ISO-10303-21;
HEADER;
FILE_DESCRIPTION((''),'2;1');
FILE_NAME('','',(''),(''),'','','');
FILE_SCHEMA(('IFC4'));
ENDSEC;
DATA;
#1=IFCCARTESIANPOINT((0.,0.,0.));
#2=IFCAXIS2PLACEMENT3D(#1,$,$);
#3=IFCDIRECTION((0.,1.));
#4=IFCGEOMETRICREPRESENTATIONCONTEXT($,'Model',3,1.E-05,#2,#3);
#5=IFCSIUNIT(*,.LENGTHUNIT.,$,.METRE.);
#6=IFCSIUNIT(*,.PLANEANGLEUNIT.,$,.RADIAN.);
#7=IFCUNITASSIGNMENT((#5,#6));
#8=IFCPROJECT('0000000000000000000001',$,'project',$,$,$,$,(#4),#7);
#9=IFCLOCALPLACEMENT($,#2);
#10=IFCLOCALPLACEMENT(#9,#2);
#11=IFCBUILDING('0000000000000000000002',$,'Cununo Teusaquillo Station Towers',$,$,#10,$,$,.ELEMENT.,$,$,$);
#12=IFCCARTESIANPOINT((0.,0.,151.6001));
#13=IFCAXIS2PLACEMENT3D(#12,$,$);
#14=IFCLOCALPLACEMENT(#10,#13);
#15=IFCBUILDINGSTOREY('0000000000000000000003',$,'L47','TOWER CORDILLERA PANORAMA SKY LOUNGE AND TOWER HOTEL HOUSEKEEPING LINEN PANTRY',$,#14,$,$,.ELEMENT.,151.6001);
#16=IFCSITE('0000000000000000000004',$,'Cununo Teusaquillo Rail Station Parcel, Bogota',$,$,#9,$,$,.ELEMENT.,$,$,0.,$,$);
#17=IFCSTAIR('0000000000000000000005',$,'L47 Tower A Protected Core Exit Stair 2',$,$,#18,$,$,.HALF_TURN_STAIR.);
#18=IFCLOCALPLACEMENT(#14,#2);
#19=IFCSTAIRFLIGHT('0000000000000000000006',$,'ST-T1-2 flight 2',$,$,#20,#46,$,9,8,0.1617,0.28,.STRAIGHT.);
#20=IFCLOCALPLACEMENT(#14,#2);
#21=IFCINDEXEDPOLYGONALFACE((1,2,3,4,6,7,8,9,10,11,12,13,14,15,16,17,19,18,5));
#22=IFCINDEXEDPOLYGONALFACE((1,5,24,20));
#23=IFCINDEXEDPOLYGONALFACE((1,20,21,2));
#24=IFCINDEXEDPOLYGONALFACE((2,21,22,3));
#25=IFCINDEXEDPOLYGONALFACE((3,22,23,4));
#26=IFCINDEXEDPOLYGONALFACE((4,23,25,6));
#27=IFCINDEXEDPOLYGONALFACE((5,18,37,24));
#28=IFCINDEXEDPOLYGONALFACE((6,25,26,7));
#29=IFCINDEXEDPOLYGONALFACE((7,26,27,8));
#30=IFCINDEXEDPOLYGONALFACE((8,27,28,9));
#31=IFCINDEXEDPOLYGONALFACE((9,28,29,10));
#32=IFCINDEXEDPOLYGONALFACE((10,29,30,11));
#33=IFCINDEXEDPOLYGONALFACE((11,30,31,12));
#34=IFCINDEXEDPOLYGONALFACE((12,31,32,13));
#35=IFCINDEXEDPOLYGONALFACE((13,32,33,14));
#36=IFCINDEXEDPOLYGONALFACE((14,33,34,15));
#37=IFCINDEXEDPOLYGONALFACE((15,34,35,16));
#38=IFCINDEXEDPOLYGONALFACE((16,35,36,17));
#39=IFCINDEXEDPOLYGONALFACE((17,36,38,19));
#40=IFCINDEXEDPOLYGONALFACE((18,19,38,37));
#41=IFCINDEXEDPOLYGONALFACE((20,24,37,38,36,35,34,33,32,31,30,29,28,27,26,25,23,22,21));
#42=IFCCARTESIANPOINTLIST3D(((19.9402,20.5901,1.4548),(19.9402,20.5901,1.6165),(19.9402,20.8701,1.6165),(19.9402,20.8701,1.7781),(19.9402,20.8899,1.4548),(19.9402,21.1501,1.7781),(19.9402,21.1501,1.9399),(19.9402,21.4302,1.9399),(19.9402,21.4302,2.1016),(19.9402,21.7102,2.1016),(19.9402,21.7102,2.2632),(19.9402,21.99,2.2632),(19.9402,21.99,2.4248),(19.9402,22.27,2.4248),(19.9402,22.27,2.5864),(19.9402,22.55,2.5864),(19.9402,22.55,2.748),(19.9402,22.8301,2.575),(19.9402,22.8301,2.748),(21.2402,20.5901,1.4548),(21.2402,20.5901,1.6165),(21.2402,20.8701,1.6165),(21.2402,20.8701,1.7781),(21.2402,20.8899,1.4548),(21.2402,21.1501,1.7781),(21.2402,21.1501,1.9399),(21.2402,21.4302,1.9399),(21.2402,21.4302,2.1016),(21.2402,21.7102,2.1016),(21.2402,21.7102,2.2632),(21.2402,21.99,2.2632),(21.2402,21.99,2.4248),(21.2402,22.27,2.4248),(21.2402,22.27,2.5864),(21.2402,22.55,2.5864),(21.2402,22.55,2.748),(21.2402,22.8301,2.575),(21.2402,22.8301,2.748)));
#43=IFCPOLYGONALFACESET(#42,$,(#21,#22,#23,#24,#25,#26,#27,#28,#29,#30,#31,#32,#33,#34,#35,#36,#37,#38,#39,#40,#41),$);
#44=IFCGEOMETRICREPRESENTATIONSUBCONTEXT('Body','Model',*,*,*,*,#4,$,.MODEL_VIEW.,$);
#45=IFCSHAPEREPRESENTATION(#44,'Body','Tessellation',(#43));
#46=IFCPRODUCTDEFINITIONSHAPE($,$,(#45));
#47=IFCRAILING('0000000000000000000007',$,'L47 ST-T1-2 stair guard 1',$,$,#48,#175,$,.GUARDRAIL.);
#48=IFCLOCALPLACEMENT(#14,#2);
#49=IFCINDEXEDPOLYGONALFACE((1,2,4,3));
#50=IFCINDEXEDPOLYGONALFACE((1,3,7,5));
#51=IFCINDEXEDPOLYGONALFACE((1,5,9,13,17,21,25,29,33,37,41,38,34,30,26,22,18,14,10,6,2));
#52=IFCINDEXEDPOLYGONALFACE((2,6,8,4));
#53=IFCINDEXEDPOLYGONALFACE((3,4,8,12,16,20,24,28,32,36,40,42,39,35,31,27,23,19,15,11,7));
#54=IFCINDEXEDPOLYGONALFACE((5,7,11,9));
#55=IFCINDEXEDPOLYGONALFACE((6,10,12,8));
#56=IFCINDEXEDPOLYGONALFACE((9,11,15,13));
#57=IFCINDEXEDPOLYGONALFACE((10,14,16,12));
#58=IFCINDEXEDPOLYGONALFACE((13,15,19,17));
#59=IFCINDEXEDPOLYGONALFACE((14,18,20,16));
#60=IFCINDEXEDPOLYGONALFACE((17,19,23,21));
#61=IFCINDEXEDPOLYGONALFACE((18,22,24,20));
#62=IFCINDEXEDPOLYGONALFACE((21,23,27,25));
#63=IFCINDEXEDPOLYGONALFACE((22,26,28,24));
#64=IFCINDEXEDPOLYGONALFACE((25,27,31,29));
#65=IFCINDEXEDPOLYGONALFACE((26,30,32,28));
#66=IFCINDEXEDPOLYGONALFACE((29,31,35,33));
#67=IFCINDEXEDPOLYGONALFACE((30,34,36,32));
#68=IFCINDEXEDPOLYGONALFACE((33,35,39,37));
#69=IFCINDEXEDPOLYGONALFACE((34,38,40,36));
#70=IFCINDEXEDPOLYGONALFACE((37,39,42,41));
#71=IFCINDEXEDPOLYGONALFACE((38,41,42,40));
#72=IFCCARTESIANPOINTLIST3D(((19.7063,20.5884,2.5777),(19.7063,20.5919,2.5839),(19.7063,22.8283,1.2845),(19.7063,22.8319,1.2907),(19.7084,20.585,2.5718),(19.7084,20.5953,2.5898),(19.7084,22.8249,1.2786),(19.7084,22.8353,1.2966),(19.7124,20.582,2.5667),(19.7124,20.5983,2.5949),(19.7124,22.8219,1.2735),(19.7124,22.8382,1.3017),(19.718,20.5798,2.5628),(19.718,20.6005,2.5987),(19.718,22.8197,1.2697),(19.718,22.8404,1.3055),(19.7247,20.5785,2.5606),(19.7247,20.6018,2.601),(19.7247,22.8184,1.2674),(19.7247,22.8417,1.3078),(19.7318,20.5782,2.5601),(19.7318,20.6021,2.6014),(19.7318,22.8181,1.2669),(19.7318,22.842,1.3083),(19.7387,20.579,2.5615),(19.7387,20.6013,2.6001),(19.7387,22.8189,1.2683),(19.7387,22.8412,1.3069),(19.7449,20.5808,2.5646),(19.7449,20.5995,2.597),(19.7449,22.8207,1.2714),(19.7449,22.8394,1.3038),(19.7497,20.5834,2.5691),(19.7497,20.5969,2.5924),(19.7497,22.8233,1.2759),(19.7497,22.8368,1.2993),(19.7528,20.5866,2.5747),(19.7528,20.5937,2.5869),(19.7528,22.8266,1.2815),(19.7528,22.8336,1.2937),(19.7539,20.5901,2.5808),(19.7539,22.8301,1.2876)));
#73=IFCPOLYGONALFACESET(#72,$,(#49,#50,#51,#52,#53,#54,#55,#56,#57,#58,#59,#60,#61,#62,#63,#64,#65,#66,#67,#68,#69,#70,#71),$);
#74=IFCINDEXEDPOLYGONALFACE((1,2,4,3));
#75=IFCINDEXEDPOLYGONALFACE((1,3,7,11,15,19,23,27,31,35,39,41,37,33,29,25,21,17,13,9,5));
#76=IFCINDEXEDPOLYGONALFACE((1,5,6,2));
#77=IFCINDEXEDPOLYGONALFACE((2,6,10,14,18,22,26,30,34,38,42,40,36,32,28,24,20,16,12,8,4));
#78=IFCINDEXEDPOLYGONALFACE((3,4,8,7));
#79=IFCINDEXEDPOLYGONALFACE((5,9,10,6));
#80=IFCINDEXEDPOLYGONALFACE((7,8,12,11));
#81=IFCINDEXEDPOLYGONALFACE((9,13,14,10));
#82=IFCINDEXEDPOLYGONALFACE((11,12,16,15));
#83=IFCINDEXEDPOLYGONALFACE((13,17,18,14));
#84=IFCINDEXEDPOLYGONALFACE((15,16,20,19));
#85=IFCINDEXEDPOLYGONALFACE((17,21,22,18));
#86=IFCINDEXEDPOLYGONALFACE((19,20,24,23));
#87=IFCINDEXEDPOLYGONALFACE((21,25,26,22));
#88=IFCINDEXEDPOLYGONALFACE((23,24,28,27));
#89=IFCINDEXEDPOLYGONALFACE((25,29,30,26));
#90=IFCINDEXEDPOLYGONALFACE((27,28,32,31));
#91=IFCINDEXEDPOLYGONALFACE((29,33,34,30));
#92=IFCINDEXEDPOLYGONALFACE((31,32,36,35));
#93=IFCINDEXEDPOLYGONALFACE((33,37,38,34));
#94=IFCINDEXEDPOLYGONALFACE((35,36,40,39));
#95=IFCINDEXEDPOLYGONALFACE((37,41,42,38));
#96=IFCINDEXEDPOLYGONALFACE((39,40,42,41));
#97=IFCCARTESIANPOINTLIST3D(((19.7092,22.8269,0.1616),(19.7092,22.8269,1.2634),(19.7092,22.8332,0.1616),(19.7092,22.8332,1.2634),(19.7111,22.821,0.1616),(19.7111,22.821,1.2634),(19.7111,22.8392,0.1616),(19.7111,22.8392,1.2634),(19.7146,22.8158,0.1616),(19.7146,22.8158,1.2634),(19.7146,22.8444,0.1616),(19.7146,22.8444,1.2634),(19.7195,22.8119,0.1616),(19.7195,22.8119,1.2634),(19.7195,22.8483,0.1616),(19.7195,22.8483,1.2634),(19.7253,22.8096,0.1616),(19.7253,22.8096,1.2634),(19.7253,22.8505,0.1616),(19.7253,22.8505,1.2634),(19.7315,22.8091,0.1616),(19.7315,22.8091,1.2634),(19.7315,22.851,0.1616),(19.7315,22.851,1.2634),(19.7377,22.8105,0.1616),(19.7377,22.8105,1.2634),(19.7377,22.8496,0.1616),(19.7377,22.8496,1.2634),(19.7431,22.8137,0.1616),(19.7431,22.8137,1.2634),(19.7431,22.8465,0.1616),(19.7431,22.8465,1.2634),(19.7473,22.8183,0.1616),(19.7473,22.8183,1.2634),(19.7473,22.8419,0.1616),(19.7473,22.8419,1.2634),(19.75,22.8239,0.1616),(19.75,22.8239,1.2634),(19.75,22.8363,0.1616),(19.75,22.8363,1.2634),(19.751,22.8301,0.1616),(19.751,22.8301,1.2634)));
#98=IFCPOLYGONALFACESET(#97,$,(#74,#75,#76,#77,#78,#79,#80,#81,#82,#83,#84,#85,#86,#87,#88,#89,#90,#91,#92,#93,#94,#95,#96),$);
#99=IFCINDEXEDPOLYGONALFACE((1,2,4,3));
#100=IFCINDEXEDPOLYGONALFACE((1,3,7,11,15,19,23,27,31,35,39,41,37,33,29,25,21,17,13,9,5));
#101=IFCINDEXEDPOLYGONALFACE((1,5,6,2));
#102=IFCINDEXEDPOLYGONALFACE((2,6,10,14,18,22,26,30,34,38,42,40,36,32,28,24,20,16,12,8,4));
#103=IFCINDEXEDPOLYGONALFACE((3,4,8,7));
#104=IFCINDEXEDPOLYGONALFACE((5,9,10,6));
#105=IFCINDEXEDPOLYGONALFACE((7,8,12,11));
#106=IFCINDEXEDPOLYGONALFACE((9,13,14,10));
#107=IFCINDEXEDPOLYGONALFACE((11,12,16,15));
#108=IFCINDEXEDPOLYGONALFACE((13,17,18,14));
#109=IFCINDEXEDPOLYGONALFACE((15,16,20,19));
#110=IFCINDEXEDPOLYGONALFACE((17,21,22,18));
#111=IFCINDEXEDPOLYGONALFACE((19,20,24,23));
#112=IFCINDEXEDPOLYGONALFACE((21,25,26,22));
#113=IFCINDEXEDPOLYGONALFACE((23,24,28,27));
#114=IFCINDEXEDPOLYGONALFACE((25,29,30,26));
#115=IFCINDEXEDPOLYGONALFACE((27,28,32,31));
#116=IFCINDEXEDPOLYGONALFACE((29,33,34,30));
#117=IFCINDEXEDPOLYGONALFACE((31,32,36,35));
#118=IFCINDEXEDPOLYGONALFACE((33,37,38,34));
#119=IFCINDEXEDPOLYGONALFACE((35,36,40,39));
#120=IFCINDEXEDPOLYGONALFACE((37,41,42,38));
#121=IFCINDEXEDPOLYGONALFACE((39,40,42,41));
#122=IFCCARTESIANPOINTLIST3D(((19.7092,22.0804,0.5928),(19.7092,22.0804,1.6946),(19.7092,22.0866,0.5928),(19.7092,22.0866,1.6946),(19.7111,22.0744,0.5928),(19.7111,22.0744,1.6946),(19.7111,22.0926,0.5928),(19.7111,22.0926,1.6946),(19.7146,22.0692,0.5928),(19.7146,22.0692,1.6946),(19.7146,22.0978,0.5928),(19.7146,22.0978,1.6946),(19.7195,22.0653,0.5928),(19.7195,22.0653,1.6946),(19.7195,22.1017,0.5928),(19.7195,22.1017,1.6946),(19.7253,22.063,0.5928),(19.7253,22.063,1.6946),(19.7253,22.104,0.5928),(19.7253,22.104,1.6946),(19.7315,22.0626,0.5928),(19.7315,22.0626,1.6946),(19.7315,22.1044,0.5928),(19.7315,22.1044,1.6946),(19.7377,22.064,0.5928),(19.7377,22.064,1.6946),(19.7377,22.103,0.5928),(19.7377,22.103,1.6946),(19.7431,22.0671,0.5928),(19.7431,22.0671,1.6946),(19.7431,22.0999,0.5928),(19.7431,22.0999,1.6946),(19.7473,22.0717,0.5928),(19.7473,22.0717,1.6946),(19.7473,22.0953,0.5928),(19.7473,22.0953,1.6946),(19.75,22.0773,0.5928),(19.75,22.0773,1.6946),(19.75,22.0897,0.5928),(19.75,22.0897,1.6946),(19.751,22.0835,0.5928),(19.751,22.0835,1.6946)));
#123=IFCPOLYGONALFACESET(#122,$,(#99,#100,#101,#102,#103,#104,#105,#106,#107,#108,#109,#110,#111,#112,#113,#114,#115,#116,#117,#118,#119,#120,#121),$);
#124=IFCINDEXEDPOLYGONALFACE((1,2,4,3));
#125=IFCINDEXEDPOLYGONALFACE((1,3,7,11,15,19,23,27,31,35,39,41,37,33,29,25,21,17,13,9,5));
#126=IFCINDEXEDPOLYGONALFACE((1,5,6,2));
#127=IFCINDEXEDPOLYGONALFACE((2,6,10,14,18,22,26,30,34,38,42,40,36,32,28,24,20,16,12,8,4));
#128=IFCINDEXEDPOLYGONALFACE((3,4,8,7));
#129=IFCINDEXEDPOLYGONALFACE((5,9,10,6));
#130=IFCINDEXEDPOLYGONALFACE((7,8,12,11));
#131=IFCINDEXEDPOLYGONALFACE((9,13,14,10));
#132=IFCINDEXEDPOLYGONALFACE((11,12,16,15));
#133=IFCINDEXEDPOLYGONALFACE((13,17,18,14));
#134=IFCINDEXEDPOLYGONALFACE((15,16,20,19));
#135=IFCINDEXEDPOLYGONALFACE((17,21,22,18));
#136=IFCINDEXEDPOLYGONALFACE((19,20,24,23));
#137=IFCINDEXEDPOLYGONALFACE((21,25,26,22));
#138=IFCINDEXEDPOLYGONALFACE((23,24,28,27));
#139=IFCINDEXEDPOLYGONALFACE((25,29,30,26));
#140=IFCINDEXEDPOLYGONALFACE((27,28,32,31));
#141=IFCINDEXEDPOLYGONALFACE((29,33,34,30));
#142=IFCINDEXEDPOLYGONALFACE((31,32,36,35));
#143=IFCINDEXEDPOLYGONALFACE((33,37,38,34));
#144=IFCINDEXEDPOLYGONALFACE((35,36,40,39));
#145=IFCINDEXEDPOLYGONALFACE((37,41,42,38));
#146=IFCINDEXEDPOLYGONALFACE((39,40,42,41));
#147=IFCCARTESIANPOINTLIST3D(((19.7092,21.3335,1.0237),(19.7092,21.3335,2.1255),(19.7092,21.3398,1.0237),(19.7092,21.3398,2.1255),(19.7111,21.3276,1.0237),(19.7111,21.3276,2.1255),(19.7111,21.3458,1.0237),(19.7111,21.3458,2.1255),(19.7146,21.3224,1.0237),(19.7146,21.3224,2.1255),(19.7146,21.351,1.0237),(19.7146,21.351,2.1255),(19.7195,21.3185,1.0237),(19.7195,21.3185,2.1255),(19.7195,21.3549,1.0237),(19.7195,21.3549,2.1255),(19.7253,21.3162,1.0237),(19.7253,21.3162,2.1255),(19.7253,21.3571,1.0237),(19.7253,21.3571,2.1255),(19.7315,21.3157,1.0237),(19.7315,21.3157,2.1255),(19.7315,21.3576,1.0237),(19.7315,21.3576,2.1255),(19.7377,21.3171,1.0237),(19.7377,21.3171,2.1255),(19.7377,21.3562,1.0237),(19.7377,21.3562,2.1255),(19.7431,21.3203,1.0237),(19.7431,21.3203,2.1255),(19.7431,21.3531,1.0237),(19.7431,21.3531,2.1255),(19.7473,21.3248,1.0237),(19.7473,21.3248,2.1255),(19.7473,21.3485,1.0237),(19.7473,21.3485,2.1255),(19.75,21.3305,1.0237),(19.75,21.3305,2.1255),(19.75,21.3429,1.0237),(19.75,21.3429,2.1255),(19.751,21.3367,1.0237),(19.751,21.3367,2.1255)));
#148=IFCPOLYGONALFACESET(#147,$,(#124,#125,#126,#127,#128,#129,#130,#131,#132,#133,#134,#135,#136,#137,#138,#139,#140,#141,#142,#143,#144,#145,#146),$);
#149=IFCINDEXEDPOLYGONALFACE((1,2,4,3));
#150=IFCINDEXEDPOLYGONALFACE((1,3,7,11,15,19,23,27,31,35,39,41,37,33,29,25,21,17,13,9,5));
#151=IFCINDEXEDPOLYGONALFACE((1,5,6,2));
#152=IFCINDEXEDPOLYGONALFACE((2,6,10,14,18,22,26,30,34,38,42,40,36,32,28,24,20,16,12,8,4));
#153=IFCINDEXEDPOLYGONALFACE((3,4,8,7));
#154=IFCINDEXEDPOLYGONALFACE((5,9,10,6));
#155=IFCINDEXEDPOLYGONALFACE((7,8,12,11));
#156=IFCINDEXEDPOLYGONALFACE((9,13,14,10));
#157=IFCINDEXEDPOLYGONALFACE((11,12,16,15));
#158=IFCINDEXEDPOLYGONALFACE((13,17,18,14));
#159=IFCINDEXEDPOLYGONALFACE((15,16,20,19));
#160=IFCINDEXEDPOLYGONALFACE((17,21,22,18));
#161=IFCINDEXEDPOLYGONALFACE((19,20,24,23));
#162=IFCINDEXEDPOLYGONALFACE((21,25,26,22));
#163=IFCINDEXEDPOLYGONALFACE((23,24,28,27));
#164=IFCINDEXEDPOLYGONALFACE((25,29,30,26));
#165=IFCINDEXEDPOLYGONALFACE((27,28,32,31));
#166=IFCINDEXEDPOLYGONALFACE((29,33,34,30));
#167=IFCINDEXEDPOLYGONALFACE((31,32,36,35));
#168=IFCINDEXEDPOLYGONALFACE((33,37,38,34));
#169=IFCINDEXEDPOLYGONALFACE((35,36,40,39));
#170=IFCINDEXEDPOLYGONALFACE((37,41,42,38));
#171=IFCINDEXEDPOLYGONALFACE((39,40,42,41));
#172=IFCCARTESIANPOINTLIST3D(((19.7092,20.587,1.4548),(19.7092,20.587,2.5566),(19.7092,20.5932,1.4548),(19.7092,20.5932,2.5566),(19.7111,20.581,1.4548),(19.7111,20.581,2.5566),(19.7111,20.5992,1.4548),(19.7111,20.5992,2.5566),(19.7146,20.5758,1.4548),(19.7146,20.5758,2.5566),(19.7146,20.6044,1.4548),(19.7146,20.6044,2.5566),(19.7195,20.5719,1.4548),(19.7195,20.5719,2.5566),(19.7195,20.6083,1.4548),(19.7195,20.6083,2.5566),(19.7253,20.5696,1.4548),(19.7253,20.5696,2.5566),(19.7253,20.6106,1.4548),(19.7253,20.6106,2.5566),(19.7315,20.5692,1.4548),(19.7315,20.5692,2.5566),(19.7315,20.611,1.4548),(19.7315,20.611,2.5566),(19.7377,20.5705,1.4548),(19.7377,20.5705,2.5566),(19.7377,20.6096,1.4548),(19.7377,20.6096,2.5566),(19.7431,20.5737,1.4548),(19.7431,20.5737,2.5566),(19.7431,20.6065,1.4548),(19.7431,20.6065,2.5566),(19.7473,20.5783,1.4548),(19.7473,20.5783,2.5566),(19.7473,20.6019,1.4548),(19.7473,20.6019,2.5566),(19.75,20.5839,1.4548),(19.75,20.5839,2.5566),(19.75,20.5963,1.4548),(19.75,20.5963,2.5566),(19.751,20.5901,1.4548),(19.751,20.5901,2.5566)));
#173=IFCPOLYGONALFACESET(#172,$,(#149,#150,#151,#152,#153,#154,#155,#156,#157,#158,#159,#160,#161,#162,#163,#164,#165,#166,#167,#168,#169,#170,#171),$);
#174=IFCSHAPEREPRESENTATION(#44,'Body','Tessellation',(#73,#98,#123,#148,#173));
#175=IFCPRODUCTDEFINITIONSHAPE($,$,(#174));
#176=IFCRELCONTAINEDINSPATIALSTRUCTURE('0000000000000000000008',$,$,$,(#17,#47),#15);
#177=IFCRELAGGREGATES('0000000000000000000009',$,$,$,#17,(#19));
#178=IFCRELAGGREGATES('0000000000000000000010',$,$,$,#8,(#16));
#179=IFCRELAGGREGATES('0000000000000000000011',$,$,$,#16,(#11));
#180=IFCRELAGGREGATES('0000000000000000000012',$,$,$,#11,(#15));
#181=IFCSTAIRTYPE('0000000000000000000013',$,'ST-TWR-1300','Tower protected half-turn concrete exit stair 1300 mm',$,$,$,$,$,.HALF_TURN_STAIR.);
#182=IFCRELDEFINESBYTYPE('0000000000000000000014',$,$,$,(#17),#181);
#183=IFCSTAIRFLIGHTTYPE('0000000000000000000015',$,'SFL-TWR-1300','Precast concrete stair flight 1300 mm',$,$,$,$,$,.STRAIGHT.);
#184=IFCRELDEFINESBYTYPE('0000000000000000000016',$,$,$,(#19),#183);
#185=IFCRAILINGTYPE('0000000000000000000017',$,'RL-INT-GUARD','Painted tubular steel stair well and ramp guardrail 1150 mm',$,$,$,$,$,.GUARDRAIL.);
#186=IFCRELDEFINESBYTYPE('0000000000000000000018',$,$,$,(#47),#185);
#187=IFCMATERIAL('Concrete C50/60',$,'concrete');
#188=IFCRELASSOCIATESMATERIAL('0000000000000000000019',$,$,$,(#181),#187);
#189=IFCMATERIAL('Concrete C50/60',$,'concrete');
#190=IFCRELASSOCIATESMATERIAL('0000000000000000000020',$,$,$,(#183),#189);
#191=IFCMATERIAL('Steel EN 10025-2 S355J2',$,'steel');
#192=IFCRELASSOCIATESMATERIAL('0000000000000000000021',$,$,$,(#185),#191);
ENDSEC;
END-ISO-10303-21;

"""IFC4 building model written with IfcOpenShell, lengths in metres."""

from ifc_helpers import new_model, si_unit, direction, frame, origin, origin_2d, place, context, subcontext, project, spatial, polyline, circle, outline, extrude, material, type_object, element, aggregate, save


model = new_model("IFC4")

# Units and contexts
model_context = context("Model", 3, precision=1e-05, world=origin(), true_north=direction((0.0, 1.0)))
body_context = subcontext(model_context, "Body", "Model", "MODEL_VIEW")
ifc_project = project(units=[si_unit("LENGTHUNIT", "METRE"), si_unit("PLANEANGLEUNIT", "RADIAN")], contexts=[model_context])

# Site, building, storey
site_placement = place(None, origin())
site = spatial("IfcSite", under=ifc_project, at=site_placement, Name="Cununo Teusaquillo Rail Station Parcel, Bogota", CompositionType="ELEMENT", RefElevation=0.0)
building_placement = place(site_placement, origin())
building = spatial("IfcBuilding", under=site, at=building_placement, Name="Cununo Teusaquillo Station Towers", CompositionType="ELEMENT")
storey_placement = place(building_placement, frame((0.0, 0.0, 151.6001)))
storey = spatial("IfcBuildingStorey", under=building, at=storey_placement, Name="L47", Description="TOWER CORDILLERA PANORAMA SKY LOUNGE AND TOWER HOTEL HOUSEKEEPING LINEN PANTRY", CompositionType="ELEMENT", Elevation=151.6001)

# Stair, stair flight
ifc_material_1 = material(Name="Concrete C50/60", Category="concrete")
stair_type = type_object("IfcStairType", Name="ST-TWR-1300", Description="Tower protected half-turn concrete exit stair 1300 mm", PredefinedType="HALF_TURN_STAIR", material=ifc_material_1)
stair_placement = place(storey_placement, origin())
stair = element("IfcStair", 1, at=stair_placement, inside=storey, type_object=stair_type, Name="L47 Tower A Protected Core Exit Stair 2", PredefinedType="HALF_TURN_STAIR")
ifc_material_2 = material(Name="Concrete C50/60", Category="concrete")
stair_flight_type = type_object("IfcStairFlightType", Name="SFL-TWR-1300", Description="Precast concrete stair flight 1300 mm", PredefinedType="STRAIGHT", material=ifc_material_2)
stair_flight_1_placement = place(storey_placement, frame((20.5901, 20.5901, 1.4548), z_axis=(0.0, 0.0, 1.0), x_axis=(0.0, 1.0, 0.0)))
stair_flight_1 = element("IfcStairFlight", 2, at=stair_flight_1_placement, type_object=stair_flight_type, Name="ST-T1-2 flight 2", NumberOfRisers=9, NumberOfTreads=8, PredefinedType="STRAIGHT", RiserHeight=0.1617, TreadLength=0.28, context=body_context, shape_type="SweptSolid", body=[
    extrude(outline(polyline([(0.0, 0.0), (0.0, 0.1616), (0.28, 0.1616), (0.28, 0.3232), (0.5601, 0.3232), (0.5601, 0.4851), (0.8401, 0.4851), (0.8401, 0.6467), (1.1201, 0.6467), (1.1201, 0.8083), (1.3999, 0.8083), (1.3999, 0.97), (1.6799, 0.97), (1.6799, 1.1316), (1.96, 1.1316), (1.96, 1.2932), (2.24, 1.2932), (2.24, 1.4551), (2.24, 1.1201), (0.2998, 0.0), (0.0, 0.0)])), frame((0.0, 0.6499, 0.0), z_axis=(0.0, -1.0, 0.0), x_axis=(1.0, 0.0, 0.0)), (0.0, 0.0, 1.0), 1.3),
])
aggregate(stair, [stair_flight_1])

# Railing
ifc_material_3 = material(Name="Steel EN 10025-2 S355J2", Category="steel")
railing_type_1 = type_object("IfcRailingType", Name="RL-INT-GUARD", Description="Painted tubular steel stair well and ramp guardrail 1150 mm", PredefinedType="GUARDRAIL", material=ifc_material_3)
railing_1_placement = place(storey_placement, frame((19.73, 22.8301, 0.1616)))
element("IfcRailing", 3, at=railing_1_placement, inside=storey, type_object=railing_type_1, Name="L47 ST-T1-2 stair guard 1", PredefinedType="GUARDRAIL", context=body_context, shape_type="SweptSolid", body=[
    extrude(circle(Radius=0.0239, at=origin_2d()), frame((0.0, 0.0, 1.126), z_axis=(0.0, -0.866033, 0.499987), x_axis=(1.0, 0.0, 0.0)), (0.0, 0.0, 1.0), 2.5864),
    extrude(circle(Radius=0.021, at=origin_2d()), origin(), (0.0, 0.0, 1.0), 1.1018),
    extrude(circle(Radius=0.021, at=origin_2d()), frame((0.0, -0.7466, 0.4312)), (0.0, 0.0, 1.0), 1.1018),
    extrude(circle(Radius=0.021, at=origin_2d()), frame((0.0, -1.4934, 0.8621)), (0.0, 0.0, 1.0), 1.1018),
    extrude(circle(Radius=0.021, at=origin_2d()), frame((0.0, -2.24, 1.2932)), (0.0, 0.0, 1.0), 1.1018),
])

save(model, "model.ifc")
